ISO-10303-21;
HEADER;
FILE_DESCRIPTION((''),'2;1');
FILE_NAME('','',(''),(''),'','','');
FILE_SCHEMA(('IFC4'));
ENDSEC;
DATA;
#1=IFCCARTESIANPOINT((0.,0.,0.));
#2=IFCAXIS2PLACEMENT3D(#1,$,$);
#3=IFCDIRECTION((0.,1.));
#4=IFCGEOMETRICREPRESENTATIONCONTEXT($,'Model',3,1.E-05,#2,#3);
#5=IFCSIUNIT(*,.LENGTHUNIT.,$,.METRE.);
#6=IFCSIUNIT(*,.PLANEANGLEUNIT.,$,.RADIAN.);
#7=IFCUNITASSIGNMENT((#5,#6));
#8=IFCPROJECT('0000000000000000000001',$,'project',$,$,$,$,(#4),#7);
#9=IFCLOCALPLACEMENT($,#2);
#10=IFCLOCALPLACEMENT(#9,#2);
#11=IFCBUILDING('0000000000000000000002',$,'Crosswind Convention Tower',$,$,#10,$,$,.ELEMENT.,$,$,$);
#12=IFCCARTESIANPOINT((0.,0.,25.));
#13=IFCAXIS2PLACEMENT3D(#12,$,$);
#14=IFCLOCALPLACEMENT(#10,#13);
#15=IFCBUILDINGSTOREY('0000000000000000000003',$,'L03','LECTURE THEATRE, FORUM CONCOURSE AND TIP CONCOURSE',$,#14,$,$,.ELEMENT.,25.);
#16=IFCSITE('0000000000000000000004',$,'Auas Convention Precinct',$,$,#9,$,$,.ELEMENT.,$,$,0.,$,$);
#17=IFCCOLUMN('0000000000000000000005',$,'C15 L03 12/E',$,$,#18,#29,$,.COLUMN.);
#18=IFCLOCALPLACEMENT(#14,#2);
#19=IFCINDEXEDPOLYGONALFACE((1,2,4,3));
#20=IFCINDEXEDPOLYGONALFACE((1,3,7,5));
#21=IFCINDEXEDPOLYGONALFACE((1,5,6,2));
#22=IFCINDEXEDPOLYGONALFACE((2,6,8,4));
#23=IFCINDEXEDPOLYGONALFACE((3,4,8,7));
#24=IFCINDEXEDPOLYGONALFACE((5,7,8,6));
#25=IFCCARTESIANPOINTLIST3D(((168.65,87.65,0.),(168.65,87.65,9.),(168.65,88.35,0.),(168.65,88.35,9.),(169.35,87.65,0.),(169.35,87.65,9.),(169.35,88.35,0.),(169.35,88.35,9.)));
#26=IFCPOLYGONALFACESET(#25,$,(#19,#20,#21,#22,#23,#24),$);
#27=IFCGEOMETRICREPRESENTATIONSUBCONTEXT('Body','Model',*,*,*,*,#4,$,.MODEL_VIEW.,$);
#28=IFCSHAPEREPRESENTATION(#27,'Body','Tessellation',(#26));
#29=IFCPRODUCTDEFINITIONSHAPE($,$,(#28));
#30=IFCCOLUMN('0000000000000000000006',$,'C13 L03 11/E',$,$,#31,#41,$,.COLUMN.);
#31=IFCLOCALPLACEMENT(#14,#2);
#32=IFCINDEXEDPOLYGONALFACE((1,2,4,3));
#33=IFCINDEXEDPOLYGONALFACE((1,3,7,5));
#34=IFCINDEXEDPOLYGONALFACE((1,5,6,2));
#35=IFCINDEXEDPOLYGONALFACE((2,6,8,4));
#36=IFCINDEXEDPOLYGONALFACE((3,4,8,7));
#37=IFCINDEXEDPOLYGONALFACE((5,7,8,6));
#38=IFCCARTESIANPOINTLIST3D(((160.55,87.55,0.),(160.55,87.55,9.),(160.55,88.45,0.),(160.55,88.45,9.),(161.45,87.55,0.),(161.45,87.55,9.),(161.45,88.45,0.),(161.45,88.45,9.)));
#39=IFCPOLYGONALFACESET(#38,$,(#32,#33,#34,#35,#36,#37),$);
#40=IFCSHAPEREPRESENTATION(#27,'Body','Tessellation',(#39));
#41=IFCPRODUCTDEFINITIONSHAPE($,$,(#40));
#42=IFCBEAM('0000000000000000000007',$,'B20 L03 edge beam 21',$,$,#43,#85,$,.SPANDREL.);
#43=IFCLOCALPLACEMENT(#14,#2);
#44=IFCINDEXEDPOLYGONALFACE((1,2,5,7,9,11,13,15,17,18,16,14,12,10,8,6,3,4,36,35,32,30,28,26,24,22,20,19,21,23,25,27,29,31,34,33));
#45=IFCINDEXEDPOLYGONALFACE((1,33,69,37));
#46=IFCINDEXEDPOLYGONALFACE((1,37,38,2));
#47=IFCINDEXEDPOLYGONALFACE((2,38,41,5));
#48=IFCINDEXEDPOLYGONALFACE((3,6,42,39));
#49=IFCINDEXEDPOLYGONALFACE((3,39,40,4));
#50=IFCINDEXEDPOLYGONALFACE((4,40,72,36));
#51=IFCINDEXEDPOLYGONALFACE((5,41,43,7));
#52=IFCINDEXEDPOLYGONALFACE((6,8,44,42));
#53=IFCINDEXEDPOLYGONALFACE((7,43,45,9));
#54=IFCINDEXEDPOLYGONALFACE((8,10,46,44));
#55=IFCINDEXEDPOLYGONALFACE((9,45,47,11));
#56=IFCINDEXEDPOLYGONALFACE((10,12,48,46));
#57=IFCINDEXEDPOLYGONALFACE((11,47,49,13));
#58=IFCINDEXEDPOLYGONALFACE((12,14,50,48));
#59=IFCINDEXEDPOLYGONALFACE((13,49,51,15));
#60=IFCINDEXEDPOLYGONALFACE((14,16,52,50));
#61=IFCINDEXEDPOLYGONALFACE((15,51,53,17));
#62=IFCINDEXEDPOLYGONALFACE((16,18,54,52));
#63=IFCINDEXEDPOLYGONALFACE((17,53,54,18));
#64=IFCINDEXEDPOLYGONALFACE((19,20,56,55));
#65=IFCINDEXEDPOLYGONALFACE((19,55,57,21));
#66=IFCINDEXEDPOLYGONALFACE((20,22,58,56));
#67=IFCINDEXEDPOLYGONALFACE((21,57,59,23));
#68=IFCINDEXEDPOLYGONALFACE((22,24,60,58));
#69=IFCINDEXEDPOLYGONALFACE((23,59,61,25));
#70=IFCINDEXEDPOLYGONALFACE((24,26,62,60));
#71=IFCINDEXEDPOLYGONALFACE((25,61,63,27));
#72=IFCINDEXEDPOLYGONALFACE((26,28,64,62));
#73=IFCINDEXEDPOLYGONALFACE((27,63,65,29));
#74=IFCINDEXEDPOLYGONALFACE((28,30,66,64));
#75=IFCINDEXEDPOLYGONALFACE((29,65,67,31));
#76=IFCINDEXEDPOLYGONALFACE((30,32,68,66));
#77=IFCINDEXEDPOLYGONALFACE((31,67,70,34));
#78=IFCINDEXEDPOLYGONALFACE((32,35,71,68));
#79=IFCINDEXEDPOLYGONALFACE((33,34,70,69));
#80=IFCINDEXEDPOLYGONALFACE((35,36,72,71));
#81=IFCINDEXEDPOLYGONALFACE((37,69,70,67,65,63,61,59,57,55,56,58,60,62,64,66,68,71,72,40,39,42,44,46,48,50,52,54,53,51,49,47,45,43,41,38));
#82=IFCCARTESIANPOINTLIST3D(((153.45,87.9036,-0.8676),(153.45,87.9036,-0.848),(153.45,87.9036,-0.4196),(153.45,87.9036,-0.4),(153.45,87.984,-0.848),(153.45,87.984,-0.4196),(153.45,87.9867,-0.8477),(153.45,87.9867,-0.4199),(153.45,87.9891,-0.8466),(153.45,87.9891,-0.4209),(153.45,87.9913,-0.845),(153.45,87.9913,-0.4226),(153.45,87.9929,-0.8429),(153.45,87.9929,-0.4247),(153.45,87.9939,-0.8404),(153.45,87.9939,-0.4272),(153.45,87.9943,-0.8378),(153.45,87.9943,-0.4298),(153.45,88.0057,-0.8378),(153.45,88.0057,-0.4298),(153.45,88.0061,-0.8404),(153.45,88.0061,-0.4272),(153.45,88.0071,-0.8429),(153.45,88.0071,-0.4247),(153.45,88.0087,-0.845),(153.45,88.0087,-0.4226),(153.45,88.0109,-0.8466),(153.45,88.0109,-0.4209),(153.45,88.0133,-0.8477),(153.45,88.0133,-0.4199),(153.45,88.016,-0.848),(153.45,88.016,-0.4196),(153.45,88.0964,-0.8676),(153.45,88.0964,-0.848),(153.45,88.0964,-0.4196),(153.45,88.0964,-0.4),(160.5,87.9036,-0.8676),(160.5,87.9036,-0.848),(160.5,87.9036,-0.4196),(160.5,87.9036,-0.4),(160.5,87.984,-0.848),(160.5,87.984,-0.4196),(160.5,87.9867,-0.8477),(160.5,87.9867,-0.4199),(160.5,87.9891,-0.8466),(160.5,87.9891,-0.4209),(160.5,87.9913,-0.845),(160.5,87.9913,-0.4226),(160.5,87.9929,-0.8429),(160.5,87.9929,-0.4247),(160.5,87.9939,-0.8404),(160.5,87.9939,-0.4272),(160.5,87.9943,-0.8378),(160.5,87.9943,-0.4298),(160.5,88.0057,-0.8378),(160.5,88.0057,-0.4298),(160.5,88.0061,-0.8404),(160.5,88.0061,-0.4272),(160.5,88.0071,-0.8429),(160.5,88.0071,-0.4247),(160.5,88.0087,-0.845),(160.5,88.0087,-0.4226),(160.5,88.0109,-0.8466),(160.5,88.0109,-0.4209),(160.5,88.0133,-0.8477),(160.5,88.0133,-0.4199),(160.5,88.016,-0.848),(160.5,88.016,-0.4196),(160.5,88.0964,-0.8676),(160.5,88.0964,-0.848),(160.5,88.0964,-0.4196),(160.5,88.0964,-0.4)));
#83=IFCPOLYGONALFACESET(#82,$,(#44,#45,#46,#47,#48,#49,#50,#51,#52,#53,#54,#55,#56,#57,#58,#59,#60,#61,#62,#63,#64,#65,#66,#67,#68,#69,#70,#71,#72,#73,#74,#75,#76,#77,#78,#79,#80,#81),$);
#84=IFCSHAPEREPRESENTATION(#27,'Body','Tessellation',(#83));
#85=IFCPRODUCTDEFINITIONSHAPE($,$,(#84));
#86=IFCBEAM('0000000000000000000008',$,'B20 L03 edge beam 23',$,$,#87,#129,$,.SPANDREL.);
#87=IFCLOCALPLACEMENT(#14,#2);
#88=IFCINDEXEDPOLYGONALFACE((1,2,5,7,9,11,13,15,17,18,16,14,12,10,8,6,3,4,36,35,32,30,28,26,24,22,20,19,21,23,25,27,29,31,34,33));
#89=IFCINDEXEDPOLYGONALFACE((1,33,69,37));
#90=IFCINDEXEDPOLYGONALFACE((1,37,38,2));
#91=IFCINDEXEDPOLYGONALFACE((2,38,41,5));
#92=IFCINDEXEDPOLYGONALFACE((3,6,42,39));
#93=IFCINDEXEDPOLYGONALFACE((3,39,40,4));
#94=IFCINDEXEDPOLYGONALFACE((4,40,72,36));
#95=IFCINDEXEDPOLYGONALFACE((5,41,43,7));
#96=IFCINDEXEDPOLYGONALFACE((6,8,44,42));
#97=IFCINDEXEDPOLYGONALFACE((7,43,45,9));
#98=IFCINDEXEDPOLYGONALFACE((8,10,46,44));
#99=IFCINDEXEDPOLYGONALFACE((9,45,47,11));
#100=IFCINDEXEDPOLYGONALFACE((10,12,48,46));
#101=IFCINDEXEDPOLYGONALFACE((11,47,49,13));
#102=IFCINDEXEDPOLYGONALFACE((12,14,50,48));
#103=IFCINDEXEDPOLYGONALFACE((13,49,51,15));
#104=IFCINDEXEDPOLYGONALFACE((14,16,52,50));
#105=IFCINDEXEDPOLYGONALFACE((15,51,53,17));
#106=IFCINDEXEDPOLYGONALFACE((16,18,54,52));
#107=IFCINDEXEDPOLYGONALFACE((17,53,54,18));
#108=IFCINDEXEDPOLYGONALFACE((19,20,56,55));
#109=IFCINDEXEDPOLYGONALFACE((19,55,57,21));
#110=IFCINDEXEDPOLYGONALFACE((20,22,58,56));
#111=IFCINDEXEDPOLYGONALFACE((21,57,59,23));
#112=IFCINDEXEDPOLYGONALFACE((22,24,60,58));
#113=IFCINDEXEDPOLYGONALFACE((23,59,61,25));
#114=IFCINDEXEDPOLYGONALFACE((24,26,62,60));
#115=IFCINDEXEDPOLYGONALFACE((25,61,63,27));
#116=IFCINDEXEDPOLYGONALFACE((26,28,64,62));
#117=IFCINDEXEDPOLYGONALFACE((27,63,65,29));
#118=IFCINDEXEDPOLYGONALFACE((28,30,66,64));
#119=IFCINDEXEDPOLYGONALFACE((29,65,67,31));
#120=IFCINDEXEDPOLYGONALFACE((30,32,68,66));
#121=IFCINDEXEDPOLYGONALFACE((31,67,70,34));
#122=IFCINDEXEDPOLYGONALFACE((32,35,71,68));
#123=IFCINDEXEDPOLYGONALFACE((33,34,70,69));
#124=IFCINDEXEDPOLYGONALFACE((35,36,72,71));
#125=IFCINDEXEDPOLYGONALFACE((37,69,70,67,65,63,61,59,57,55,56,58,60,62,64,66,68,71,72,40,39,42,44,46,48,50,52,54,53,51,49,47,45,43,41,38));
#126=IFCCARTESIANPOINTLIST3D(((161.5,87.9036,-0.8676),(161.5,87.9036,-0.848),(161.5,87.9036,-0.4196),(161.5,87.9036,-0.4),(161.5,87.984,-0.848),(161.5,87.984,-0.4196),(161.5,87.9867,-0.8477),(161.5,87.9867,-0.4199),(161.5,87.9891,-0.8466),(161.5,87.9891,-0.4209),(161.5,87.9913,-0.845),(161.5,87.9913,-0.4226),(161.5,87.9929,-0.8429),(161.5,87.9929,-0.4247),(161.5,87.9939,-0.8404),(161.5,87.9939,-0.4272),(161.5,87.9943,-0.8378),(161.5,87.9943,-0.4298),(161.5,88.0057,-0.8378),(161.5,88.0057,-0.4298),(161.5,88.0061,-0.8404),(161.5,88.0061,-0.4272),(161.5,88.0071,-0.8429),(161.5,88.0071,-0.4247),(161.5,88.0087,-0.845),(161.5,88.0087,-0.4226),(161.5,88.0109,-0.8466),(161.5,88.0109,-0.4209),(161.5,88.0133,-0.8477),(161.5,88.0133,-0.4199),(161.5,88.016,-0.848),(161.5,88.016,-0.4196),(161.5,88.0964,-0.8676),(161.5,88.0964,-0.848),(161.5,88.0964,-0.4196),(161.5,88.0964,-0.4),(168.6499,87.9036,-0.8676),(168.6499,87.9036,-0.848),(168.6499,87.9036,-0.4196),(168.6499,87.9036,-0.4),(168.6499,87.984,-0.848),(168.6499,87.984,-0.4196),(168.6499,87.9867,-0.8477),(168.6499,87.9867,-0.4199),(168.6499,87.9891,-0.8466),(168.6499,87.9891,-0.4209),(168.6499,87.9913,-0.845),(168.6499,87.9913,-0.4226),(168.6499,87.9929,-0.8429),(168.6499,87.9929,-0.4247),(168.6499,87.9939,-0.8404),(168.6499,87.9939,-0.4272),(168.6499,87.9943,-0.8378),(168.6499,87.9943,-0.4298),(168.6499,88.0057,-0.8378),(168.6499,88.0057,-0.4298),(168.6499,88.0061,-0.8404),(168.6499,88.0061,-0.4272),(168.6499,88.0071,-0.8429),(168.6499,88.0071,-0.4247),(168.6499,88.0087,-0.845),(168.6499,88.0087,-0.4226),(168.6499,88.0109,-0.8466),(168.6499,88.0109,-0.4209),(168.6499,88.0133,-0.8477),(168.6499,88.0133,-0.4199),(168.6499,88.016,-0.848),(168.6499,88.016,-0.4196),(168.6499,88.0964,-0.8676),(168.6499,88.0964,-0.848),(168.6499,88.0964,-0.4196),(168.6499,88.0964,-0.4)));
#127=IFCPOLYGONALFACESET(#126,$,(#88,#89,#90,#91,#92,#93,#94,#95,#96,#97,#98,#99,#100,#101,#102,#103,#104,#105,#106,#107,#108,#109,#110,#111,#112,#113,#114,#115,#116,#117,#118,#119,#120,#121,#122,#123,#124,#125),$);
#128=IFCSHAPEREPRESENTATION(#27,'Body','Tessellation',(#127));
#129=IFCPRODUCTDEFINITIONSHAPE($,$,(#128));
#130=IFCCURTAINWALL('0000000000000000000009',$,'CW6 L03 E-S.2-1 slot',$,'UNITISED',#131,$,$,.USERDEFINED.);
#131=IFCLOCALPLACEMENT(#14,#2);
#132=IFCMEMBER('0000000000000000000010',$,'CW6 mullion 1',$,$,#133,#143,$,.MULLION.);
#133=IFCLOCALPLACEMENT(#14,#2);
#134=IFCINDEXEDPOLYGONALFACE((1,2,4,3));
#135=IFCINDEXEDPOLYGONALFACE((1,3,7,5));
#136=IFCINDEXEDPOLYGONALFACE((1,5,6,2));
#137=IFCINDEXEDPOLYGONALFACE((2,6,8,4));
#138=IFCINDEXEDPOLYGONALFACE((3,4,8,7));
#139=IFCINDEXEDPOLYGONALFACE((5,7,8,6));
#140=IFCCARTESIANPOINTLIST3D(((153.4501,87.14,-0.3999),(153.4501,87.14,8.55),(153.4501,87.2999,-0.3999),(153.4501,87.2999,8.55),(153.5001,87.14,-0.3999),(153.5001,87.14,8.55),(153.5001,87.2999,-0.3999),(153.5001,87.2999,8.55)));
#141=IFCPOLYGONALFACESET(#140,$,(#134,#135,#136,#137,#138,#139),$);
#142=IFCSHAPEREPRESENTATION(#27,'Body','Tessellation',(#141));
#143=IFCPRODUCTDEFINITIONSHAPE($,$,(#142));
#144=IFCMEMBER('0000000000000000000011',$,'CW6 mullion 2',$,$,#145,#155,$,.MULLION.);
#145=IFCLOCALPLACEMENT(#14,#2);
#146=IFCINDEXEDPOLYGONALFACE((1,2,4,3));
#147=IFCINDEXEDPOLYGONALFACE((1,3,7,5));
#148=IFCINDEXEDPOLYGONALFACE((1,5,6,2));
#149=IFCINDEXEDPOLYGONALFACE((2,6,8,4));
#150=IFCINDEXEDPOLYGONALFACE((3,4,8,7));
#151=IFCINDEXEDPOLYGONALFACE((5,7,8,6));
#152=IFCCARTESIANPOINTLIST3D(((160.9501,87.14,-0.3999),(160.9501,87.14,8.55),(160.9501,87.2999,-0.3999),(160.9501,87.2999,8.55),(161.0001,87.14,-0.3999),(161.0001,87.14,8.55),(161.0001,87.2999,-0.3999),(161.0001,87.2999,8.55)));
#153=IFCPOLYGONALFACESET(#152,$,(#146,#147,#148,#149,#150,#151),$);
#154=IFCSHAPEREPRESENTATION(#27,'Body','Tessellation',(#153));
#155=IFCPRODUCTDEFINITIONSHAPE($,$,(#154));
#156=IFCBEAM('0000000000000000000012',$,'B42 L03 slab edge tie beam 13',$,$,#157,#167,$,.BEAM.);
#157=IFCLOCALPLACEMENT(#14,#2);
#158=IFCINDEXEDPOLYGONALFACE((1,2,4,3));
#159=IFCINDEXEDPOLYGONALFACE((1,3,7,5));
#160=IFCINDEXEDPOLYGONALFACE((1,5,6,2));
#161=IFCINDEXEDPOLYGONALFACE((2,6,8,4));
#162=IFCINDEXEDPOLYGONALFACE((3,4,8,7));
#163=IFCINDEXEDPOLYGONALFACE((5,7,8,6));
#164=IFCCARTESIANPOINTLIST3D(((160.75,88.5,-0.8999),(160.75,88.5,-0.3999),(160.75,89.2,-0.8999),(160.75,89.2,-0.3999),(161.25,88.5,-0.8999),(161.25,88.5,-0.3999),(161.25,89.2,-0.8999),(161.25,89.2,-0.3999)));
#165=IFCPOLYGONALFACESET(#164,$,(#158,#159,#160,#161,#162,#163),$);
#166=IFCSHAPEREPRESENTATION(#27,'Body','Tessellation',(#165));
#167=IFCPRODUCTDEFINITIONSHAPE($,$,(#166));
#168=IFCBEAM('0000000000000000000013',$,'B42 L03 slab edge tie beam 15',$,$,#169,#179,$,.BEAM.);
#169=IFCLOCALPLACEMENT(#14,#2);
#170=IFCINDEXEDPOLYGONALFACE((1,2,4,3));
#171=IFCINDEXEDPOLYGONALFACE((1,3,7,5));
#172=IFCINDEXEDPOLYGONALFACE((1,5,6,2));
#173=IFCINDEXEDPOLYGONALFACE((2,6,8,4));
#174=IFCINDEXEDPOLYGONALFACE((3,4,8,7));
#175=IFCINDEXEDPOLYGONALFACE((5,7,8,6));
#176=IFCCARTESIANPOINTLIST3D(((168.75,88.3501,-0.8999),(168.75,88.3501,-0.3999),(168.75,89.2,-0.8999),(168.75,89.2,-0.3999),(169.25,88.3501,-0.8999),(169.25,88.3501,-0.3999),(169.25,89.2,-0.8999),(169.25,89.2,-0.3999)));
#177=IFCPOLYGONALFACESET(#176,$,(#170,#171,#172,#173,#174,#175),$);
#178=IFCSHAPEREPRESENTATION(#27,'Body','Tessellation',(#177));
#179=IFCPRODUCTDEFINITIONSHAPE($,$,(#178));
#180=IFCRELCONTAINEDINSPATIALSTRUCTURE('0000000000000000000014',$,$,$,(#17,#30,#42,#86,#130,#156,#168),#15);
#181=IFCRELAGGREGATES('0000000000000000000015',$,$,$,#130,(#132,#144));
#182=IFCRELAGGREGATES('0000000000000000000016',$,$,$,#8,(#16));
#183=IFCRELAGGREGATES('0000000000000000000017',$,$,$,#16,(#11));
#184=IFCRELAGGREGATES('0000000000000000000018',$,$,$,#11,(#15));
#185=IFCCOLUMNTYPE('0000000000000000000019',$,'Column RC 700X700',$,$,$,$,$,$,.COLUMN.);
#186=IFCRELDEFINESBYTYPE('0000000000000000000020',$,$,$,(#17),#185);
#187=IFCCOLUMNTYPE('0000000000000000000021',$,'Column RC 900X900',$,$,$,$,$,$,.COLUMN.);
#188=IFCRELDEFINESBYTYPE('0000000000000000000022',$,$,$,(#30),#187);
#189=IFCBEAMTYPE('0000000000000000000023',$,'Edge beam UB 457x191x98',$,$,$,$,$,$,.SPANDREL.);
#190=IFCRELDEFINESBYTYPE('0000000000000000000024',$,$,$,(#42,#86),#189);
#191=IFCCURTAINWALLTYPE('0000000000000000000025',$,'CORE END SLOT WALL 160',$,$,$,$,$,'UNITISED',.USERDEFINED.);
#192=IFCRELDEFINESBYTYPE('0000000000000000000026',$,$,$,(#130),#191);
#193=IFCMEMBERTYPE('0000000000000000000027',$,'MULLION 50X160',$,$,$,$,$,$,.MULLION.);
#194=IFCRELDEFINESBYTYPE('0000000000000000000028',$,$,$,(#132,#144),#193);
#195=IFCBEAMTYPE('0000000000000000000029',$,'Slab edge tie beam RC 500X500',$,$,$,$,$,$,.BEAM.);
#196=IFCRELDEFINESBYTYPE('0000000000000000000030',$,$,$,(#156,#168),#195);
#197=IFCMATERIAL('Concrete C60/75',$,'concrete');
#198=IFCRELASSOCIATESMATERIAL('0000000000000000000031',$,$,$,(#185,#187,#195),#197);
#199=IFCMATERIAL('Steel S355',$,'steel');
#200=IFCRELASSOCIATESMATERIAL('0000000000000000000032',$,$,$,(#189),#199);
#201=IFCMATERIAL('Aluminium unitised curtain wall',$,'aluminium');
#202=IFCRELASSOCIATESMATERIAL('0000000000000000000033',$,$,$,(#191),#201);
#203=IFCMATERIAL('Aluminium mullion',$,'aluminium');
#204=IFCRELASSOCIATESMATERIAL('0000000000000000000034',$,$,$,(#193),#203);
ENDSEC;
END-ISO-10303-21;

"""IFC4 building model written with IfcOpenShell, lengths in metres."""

from ifc_helpers import new_model, si_unit, direction, frame, origin, origin_2d, place, context, subcontext, project, spatial, rectangle, i_section, extrude, material, material_profile, profile_set, type_object, element, aggregate, save


model = new_model("IFC4")

# Units and contexts
model_context = context("Model", 3, precision=1e-05, world=origin(), true_north=direction((0.0, 1.0)))
body_context = subcontext(model_context, "Body", "Model", "MODEL_VIEW")
ifc_project = project(units=[si_unit("LENGTHUNIT", "METRE"), si_unit("PLANEANGLEUNIT", "RADIAN")], contexts=[model_context])

# Site, building, storey
site_placement = place(None, origin())
site = spatial("IfcSite", under=ifc_project, at=site_placement, Name="Auas Convention Precinct", CompositionType="ELEMENT", RefElevation=0.0)
building_placement = place(site_placement, origin())
building = spatial("IfcBuilding", under=site, at=building_placement, Name="Crosswind Convention Tower", CompositionType="ELEMENT")
storey_placement = place(building_placement, frame((0.0, 0.0, 25.0)))
storey = spatial("IfcBuildingStorey", under=building, at=storey_placement, Name="L03", Description="LECTURE THEATRE, FORUM CONCOURSE AND TIP CONCOURSE", CompositionType="ELEMENT", Elevation=25.0)

# Columns
ifc_material_1 = material(Name="Concrete C60/75", Category="concrete")
ifc_material_profile_1 = material_profile(ifc_material_1, rectangle(XDim=0.7, YDim=0.7, at=origin_2d()), Name="RC 700X700")
ifc_profile_set_1 = profile_set([ifc_material_profile_1], Name="Concrete C60/75")
column_type_1 = type_object("IfcColumnType", Name="Column RC 700X700", PredefinedType="COLUMN", material=ifc_profile_set_1)
column_1_placement = place(storey_placement, frame((169.0, 88.0, 0.0), z_axis=(0.0, 0.0, 1.0), x_axis=(1.0, 0.0, 0.0)))
element("IfcColumn", 1, at=column_1_placement, inside=storey, type_object=column_type_1, Name="C15 L03 12/E", PredefinedType="COLUMN", context=body_context, shape_type="SweptSolid", body=[
    extrude(rectangle(XDim=0.7, YDim=0.7, at=origin_2d()), origin(), (0.0, 0.0, 1.0), 9.0),
])
ifc_material_profile_2 = material_profile(ifc_material_1, rectangle(XDim=0.8999, YDim=0.8999, at=origin_2d()), Name="RC 900X900")
ifc_profile_set_2 = profile_set([ifc_material_profile_2], Name="Concrete C60/75")
column_type_2 = type_object("IfcColumnType", Name="Column RC 900X900", PredefinedType="COLUMN", material=ifc_profile_set_2)
column_2_placement = place(storey_placement, frame((161.0, 88.0, 0.0), z_axis=(0.0, 0.0, 1.0), x_axis=(1.0, 0.0, 0.0)))
element("IfcColumn", 2, at=column_2_placement, inside=storey, type_object=column_type_2, Name="C13 L03 11/E", PredefinedType="COLUMN", context=body_context, shape_type="SweptSolid", body=[
    extrude(rectangle(XDim=0.8999, YDim=0.8999, at=origin_2d()), origin(), (0.0, 0.0, 1.0), 9.0),
])

# Beams
ifc_material_2 = material(Name="Steel S355", Category="steel")
ifc_material_profile_3 = material_profile(ifc_material_2, i_section(OverallWidth=0.1929, OverallDepth=0.4675, WebThickness=0.0115, FlangeThickness=0.0195, FilletRadius=0.0103, at=origin_2d()), Name="UB 457x191x98")
ifc_profile_set_3 = profile_set([ifc_material_profile_3], Name="Steel S355")
beam_type_1 = type_object("IfcBeamType", Name="Edge beam UB 457x191x98", PredefinedType="SPANDREL", material=ifc_profile_set_3)
beam_1_placement = place(storey_placement, frame((153.45, 88.0, -0.6338), z_axis=(1.0, 0.0, 0.0), x_axis=(0.0, 1.0, 0.0)))
element("IfcBeam", 3, at=beam_1_placement, inside=storey, type_object=beam_type_1, Name="B20 L03 edge beam 21", PredefinedType="SPANDREL", context=body_context, shape_type="SweptSolid", body=[
    extrude(i_section(OverallWidth=0.1929, OverallDepth=0.4675, WebThickness=0.0115, FlangeThickness=0.0195, FilletRadius=0.0103, at=origin_2d()), origin(), (0.0, 0.0, 1.0), 7.05),
])
beam_2_placement = place(storey_placement, frame((161.5, 88.0, -0.6338), z_axis=(1.0, 0.0, 0.0), x_axis=(0.0, 1.0, 0.0)))
element("IfcBeam", 4, at=beam_2_placement, inside=storey, type_object=beam_type_1, Name="B20 L03 edge beam 23", PredefinedType="SPANDREL", context=body_context, shape_type="SweptSolid", body=[
    extrude(i_section(OverallWidth=0.1929, OverallDepth=0.4675, WebThickness=0.0115, FlangeThickness=0.0195, FilletRadius=0.0103, at=origin_2d()), origin(), (0.0, 0.0, 1.0), 7.1499),
])

# Curtain wall, members
ifc_material_3 = material(Name="Aluminium unitised curtain wall", Category="aluminium")
curtain_wall_type = type_object("IfcCurtainWallType", Name="CORE END SLOT WALL 160", ElementType="UNITISED", PredefinedType="USERDEFINED", material=ifc_material_3)
curtain_wall_placement = place(storey_placement, origin())
curtain_wall = element("IfcCurtainWall", 5, at=curtain_wall_placement, inside=storey, type_object=curtain_wall_type, Name="CW6 L03 E-S.2-1 slot", ObjectType="UNITISED", PredefinedType="USERDEFINED")
ifc_material_4 = material(Name="Aluminium mullion", Category="aluminium")
ifc_material_profile_4 = material_profile(ifc_material_4, rectangle(XDim=0.1599, YDim=0.05, at=origin_2d()), Name="AL 160X50")
ifc_profile_set_4 = profile_set([ifc_material_profile_4], Name="Aluminium mullion")
member_type_1 = type_object("IfcMemberType", Name="MULLION 50X160", PredefinedType="MULLION", material=ifc_profile_set_4)
member_1_placement = place(storey_placement, frame((153.4751, 87.22, -0.3999), z_axis=(0.0, 0.0, 1.0), x_axis=(0.0, -1.0, 0.0)))
member_1 = element("IfcMember", 6, at=member_1_placement, type_object=member_type_1, Name="CW6 mullion 1", PredefinedType="MULLION", context=body_context, shape_type="SweptSolid", body=[
    extrude(rectangle(XDim=0.1599, YDim=0.05, at=origin_2d()), origin(), (0.0, 0.0, 1.0), 8.95),
])
member_2_placement = place(storey_placement, frame((160.9751, 87.22, -0.3999), z_axis=(0.0, 0.0, 1.0), x_axis=(0.0, -1.0, 0.0)))
member_2 = element("IfcMember", 7, at=member_2_placement, type_object=member_type_1, Name="CW6 mullion 2", PredefinedType="MULLION", context=body_context, shape_type="SweptSolid", body=[
    extrude(rectangle(XDim=0.1599, YDim=0.05, at=origin_2d()), origin(), (0.0, 0.0, 1.0), 8.95),
])

# Beams
ifc_material_profile_5 = material_profile(ifc_material_1, rectangle(XDim=0.5, YDim=0.5, at=origin_2d()), Name="RC 500X500")
ifc_profile_set_5 = profile_set([ifc_material_profile_5], Name="Concrete C60/75")
beam_type_2 = type_object("IfcBeamType", Name="Slab edge tie beam RC 500X500", PredefinedType="BEAM", material=ifc_profile_set_5)
beam_3_placement = place(storey_placement, frame((161.0, 88.5, -0.6499), z_axis=(0.0, 1.0, 0.0), x_axis=(-1.0, 0.0, 0.0)))
element("IfcBeam", 8, at=beam_3_placement, inside=storey, type_object=beam_type_2, Name="B42 L03 slab edge tie beam 13", PredefinedType="BEAM", context=body_context, shape_type="SweptSolid", body=[
    extrude(rectangle(XDim=0.5, YDim=0.5, at=origin_2d()), origin(), (0.0, 0.0, 1.0), 0.7),
])
beam_4_placement = place(storey_placement, frame((169.0, 88.3501, -0.6499), z_axis=(0.0, 1.0, 0.0), x_axis=(-1.0, 0.0, 0.0)))
element("IfcBeam", 9, at=beam_4_placement, inside=storey, type_object=beam_type_2, Name="B42 L03 slab edge tie beam 15", PredefinedType="BEAM", context=body_context, shape_type="SweptSolid", body=[
    extrude(rectangle(XDim=0.5, YDim=0.5, at=origin_2d()), origin(), (0.0, 0.0, 1.0), 0.8499),
])

aggregate(curtain_wall, [member_1, member_2])

save(model, "model.ifc")
